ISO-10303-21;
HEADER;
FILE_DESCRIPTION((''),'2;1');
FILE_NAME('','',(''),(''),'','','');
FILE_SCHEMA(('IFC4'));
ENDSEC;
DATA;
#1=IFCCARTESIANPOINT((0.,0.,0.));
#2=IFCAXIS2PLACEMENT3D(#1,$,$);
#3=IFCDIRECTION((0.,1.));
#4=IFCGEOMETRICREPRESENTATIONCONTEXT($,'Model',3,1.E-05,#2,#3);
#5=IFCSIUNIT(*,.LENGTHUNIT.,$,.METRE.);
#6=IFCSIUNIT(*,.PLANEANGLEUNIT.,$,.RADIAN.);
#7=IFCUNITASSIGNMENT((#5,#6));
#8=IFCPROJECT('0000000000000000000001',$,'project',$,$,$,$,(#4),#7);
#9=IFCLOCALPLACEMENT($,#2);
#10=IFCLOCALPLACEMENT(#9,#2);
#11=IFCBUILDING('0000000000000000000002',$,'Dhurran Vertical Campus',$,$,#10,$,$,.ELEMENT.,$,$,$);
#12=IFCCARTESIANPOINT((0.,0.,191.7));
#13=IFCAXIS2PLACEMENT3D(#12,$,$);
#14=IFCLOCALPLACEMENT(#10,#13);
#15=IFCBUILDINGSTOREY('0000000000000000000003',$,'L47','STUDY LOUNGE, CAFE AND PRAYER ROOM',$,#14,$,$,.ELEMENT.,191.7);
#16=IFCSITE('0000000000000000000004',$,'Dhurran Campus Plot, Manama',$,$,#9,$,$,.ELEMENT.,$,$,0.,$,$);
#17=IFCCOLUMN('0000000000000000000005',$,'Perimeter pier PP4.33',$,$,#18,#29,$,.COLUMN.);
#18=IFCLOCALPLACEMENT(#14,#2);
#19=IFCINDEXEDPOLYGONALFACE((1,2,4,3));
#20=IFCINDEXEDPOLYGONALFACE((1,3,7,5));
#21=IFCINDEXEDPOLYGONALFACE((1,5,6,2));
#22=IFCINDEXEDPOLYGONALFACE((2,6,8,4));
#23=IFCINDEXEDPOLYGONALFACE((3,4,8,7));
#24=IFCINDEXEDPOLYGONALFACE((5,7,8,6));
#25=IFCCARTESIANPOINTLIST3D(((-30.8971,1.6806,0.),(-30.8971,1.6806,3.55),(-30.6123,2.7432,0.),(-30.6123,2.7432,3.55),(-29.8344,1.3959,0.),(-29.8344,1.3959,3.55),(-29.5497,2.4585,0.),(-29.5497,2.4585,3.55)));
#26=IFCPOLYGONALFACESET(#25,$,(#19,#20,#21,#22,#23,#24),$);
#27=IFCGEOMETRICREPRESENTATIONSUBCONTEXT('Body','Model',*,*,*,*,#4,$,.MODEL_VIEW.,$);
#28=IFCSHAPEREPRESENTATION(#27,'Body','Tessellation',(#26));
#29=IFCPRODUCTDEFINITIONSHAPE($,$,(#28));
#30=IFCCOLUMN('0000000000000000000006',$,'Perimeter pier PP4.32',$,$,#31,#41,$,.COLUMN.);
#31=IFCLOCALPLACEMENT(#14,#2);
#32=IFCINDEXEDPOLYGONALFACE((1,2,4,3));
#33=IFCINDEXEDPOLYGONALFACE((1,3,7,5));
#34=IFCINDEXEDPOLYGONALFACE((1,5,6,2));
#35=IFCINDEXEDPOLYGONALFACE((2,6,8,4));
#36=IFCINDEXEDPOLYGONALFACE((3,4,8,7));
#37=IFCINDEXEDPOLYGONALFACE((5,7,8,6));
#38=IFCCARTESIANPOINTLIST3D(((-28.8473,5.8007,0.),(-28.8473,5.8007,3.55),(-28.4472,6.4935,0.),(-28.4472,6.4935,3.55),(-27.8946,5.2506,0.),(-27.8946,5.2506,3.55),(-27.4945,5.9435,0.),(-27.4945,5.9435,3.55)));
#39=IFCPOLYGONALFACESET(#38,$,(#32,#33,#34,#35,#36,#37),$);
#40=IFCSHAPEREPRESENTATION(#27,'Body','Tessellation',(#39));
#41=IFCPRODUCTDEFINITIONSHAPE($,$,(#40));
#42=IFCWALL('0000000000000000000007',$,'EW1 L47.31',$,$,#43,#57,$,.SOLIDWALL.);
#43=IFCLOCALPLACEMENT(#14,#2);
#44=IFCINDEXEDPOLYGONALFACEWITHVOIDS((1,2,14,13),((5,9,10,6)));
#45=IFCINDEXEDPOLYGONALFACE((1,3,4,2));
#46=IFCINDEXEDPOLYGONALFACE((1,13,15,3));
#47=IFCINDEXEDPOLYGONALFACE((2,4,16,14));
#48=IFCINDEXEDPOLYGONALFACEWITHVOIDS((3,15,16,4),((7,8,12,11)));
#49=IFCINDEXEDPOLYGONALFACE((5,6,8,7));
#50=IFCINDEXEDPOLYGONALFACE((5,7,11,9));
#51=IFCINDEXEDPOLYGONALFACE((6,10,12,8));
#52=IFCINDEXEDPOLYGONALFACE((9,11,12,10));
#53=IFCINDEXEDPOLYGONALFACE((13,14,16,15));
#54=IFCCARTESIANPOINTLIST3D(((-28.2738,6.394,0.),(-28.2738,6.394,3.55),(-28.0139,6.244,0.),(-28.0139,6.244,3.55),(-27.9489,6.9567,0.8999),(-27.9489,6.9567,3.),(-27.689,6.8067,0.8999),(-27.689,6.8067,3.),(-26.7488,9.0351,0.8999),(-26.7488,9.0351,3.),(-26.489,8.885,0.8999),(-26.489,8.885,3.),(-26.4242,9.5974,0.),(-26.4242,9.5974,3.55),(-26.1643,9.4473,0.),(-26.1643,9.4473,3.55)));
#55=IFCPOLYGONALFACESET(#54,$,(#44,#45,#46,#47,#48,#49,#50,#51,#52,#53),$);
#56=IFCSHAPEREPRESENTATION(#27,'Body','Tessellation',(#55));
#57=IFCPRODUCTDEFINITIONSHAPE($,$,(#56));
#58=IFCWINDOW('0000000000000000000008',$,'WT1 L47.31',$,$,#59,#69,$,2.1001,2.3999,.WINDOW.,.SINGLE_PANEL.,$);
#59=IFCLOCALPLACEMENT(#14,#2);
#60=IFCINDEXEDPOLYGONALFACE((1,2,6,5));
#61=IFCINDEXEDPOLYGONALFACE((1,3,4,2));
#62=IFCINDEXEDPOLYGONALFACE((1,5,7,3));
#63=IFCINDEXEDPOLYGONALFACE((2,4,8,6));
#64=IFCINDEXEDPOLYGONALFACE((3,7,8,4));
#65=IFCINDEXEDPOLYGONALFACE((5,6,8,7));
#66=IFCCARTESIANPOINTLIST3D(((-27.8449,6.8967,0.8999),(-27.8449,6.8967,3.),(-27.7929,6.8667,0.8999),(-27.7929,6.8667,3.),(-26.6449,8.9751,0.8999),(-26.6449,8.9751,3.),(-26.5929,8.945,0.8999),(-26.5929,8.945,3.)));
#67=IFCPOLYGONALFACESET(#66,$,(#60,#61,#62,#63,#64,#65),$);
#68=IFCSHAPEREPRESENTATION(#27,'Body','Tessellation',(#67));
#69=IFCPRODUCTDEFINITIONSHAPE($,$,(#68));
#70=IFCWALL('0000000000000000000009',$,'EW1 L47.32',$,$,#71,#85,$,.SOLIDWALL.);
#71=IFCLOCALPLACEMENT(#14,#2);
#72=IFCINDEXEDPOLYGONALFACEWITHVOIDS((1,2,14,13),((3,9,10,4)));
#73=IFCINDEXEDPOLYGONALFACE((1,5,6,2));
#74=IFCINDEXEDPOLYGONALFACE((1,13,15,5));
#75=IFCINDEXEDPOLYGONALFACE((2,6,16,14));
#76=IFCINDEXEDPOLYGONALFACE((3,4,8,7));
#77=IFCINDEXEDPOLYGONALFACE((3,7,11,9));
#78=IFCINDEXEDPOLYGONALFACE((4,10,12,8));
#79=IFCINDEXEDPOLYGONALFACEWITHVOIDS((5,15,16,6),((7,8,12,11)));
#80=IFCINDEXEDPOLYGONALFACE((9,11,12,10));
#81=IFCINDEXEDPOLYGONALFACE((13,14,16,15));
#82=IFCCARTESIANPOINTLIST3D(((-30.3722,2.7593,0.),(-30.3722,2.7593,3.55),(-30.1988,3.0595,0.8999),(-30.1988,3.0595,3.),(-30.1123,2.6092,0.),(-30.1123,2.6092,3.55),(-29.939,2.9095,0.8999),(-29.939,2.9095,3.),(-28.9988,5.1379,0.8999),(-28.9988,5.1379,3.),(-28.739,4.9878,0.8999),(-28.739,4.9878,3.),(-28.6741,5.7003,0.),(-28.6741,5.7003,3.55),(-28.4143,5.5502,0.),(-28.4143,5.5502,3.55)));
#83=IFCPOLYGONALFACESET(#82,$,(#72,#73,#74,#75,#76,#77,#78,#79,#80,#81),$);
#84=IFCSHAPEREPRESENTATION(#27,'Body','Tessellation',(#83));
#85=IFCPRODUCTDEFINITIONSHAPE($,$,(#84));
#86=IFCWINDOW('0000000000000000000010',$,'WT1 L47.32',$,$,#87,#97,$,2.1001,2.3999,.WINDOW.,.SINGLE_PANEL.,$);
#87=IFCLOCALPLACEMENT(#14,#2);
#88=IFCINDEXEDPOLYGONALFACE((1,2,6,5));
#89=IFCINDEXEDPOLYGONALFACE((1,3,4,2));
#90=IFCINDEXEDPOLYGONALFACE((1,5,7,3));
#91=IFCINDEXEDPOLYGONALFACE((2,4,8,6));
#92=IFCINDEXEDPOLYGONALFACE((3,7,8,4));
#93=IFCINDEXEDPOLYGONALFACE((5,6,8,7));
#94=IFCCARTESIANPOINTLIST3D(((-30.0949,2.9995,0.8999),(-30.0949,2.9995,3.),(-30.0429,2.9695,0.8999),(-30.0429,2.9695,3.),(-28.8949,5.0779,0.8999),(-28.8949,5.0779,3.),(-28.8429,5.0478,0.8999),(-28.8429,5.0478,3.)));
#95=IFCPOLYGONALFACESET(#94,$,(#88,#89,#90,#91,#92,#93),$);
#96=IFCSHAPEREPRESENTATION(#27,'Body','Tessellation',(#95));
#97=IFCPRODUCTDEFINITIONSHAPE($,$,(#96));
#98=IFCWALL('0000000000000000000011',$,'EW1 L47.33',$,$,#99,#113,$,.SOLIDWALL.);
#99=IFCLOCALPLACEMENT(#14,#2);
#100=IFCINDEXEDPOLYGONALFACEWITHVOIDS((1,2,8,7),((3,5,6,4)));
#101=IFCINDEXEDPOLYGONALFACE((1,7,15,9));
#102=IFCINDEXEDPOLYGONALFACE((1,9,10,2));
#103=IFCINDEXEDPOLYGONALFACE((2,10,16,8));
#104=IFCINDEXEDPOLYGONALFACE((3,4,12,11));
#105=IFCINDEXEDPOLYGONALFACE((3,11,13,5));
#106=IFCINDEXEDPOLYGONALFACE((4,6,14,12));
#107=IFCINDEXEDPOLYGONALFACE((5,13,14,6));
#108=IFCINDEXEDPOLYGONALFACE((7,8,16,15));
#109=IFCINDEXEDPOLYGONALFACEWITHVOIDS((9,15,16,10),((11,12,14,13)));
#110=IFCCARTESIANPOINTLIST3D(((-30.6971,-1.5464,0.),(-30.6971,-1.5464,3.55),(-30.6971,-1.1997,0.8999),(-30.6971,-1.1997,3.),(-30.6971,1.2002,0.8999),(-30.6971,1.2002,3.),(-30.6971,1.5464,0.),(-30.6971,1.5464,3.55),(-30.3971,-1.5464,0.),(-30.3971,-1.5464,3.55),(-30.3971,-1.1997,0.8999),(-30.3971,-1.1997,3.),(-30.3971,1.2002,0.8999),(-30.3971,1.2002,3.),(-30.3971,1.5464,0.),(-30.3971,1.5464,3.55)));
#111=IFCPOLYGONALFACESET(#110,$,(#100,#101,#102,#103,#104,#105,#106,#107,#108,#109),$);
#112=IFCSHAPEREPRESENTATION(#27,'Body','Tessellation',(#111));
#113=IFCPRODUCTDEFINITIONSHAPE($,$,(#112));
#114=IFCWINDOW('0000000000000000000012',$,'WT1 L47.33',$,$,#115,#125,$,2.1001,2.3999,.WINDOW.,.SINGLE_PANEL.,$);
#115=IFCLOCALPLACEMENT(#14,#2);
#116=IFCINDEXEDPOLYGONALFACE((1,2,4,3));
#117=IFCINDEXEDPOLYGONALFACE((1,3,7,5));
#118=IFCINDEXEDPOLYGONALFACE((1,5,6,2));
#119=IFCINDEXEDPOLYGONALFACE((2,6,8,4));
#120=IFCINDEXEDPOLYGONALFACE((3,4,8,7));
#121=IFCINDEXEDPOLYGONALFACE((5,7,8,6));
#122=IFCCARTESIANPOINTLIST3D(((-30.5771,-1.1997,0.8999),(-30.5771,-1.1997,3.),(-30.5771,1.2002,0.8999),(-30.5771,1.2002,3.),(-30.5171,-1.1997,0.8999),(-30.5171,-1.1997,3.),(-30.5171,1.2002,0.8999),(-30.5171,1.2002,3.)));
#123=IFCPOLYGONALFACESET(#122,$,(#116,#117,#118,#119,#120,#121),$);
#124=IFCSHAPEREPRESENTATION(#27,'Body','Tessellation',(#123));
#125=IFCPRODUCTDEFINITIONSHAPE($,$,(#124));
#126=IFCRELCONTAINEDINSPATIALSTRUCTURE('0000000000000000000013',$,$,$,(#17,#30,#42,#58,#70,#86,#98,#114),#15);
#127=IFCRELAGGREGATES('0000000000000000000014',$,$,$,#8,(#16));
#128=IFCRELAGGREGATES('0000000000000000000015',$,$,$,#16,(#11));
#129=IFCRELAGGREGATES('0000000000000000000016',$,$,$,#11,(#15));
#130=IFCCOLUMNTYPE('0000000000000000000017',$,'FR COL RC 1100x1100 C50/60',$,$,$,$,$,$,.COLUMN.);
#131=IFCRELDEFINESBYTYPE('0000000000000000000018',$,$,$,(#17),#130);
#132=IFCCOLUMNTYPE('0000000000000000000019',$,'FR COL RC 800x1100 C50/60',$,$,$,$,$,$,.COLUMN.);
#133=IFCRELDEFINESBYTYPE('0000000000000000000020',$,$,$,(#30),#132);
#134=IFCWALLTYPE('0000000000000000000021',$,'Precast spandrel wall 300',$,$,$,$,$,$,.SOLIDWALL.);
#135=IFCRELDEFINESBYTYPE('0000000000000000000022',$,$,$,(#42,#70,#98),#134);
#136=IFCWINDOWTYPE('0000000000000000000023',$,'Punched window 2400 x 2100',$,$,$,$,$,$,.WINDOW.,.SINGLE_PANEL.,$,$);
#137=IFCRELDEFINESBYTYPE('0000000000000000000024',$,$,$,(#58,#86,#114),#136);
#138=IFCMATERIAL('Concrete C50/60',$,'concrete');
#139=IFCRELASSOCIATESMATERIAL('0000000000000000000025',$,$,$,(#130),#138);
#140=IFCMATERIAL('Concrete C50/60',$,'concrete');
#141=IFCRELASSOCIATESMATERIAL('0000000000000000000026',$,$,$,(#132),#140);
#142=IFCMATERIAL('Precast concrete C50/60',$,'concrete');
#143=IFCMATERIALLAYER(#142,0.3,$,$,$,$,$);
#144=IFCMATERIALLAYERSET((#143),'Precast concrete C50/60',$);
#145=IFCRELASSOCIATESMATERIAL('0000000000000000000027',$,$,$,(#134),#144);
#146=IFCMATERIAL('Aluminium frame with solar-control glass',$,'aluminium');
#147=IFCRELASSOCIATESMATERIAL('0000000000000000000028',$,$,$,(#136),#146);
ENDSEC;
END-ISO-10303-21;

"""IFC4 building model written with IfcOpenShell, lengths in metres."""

from ifc_helpers import new_model, si_unit, direction, frame, frame_2d, origin, origin_2d, place, context, subcontext, project, spatial, rectangle, extrude, material, layer, layer_set, material_profile, profile_set, type_object, element, fill, save


model = new_model("IFC4")

# Units and contexts
model_context = context("Model", 3, precision=1e-05, world=origin(), true_north=direction((0.0, 1.0)))
body_context = subcontext(model_context, "Body", "Model", "MODEL_VIEW")
ifc_project = project(units=[si_unit("LENGTHUNIT", "METRE"), si_unit("PLANEANGLEUNIT", "RADIAN")], contexts=[model_context])

# Site, building, storey
site_placement = place(None, origin())
site = spatial("IfcSite", under=ifc_project, at=site_placement, Name="Dhurran Campus Plot, Manama", CompositionType="ELEMENT", RefElevation=0.0)
building_placement = place(site_placement, origin())
building = spatial("IfcBuilding", under=site, at=building_placement, Name="Dhurran Vertical Campus", CompositionType="ELEMENT")
storey_placement = place(building_placement, frame((0.0, 0.0, 191.7)))
storey = spatial("IfcBuildingStorey", under=building, at=storey_placement, Name="L47", Description="STUDY LOUNGE, CAFE AND PRAYER ROOM", CompositionType="ELEMENT", Elevation=191.7)

# Columns
ifc_material_1 = material(Name="Concrete C50/60", Category="concrete")
ifc_material_profile_1 = material_profile(ifc_material_1, rectangle(XDim=1.1001, YDim=1.1001, at=origin_2d()), Name="RC 1100x1100")
ifc_profile_set_1 = profile_set([ifc_material_profile_1], Name="Concrete C50/60")
column_type_1 = type_object("IfcColumnType", Name="FR COL RC 1100x1100 C50/60", PredefinedType="COLUMN", material=ifc_profile_set_1)
column_1_placement = place(storey_placement, frame((-30.2234, 2.0696, 0.0), z_axis=(0.0, 0.0, 1.0), x_axis=(-0.258819, -0.965926, 0.0)))
element("IfcColumn", 1, at=column_1_placement, inside=storey, type_object=column_type_1, Name="Perimeter pier PP4.33", PredefinedType="COLUMN", context=body_context, shape_type="SweptSolid", body=[
    extrude(rectangle(XDim=1.1001, YDim=1.1001, at=origin_2d()), origin(), (0.0, 0.0, 1.0), 3.55),
])
ifc_material_2 = material(Name="Concrete C50/60", Category="concrete")
ifc_material_profile_2 = material_profile(ifc_material_2, rectangle(XDim=0.8, YDim=1.1001, at=origin_2d()), Name="RC 800x1100")
ifc_profile_set_2 = profile_set([ifc_material_profile_2], Name="Concrete C50/60")
column_type_2 = type_object("IfcColumnType", Name="FR COL RC 800x1100 C50/60", PredefinedType="COLUMN", material=ifc_profile_set_2)
column_2_placement = place(storey_placement, frame((-28.1709, 5.8721, 0.0), z_axis=(0.0, 0.0, 1.0), x_axis=(-0.5, -0.866025, 0.0)))
element("IfcColumn", 2, at=column_2_placement, inside=storey, type_object=column_type_2, Name="Perimeter pier PP4.32", PredefinedType="COLUMN", context=body_context, shape_type="SweptSolid", body=[
    extrude(rectangle(XDim=0.8, YDim=1.1001, at=origin_2d()), origin(), (0.0, 0.0, 1.0), 3.55),
])

# Walls, openings, windows
ifc_material_3 = material(Name="Precast concrete C50/60", Category="concrete")
ifc_layer_1 = layer(ifc_material_3, 0.3)
ifc_layer_set_1 = layer_set([ifc_layer_1], Name="Precast concrete C50/60")
wall_type_1 = type_object("IfcWallType", Name="Precast spandrel wall 300", PredefinedType="SOLIDWALL", material=ifc_layer_set_1)
wall_1_placement = place(storey_placement, frame((-26.2942, 9.5225, 0.0), z_axis=(0.0, 0.0, 1.0), x_axis=(-0.500029, -0.866009, 0.0)))
wall_1 = element("IfcWall", 3, at=wall_1_placement, inside=storey, type_object=wall_type_1, Name="EW1 L47.31", PredefinedType="SOLIDWALL", context=body_context, shape_type="SweptSolid", body=[
    extrude(rectangle(XDim=3.699, YDim=0.3, at=frame_2d((1.8496, 0.0))), origin(), (0.0, 0.0, 1.0), 3.55),
])
opening_1_placement = place(wall_1_placement, frame((0.6494, 0.0, 0.8999)))
opening_1 = element("IfcOpeningElement", 4, at=opening_1_placement, cuts=wall_1, PredefinedType="OPENING", context=body_context, shape_type="SweptSolid", body=[
    extrude(rectangle(XDim=2.3999, YDim=2.1001, at=frame_2d((1.2, 1.05))), frame((0.0, 0.1599, 0.0), z_axis=(0.0, -1.0, 0.0), x_axis=(1.0, 0.0, 0.0)), (0.0, 0.0, 1.0), 0.3201),
])
ifc_material_4 = material(Name="Aluminium frame with solar-control glass", Category="aluminium")
window_type = type_object("IfcWindowType", Name="Punched window 2400 x 2100", PartitioningType="SINGLE_PANEL", PredefinedType="WINDOW", material=ifc_material_4)
window_1_placement = place(opening_1_placement, origin())
window_1 = element("IfcWindow", 5, at=window_1_placement, inside=storey, type_object=window_type, Name="WT1 L47.31", OverallHeight=2.1001, OverallWidth=2.3999, PartitioningType="SINGLE_PANEL", PredefinedType="WINDOW", context=body_context, shape_type="SweptSolid", body=[
    extrude(rectangle(XDim=2.3999, YDim=2.1001, at=frame_2d((1.2, 1.05))), frame((0.0, 0.03, 0.0), z_axis=(0.0, -1.0, 0.0), x_axis=(1.0, 0.0, 0.0)), (0.0, 0.0, 1.0), 0.0601),
])
fill(opening_1, window_1)
wall_2_placement = place(storey_placement, frame((-28.5442, 5.6252, 0.0), z_axis=(0.0, 0.0, 1.0), x_axis=(-0.500013, -0.866018, 0.0)))
wall_2 = element("IfcWall", 6, at=wall_2_placement, inside=storey, type_object=wall_type_1, Name="EW1 L47.32", PredefinedType="SOLIDWALL", context=body_context, shape_type="SweptSolid", body=[
    extrude(rectangle(XDim=3.396, YDim=0.3, at=frame_2d((1.698, 0.0))), origin(), (0.0, 0.0, 1.0), 3.55),
])
opening_2_placement = place(wall_2_placement, frame((0.6494, 0.0, 0.8999)))
opening_2 = element("IfcOpeningElement", 7, at=opening_2_placement, cuts=wall_2, PredefinedType="OPENING", context=body_context, shape_type="SweptSolid", body=[
    extrude(rectangle(XDim=2.3999, YDim=2.1001, at=frame_2d((1.2, 1.05))), frame((0.0, 0.1599, 0.0), z_axis=(0.0, -1.0, 0.0), x_axis=(1.0, 0.0, 0.0)), (0.0, 0.0, 1.0), 0.3201),
])
window_2_placement = place(opening_2_placement, origin())
window_2 = element("IfcWindow", 8, at=window_2_placement, inside=storey, type_object=window_type, Name="WT1 L47.32", OverallHeight=2.1001, OverallWidth=2.3999, PartitioningType="SINGLE_PANEL", PredefinedType="WINDOW", context=body_context, shape_type="SweptSolid", body=[
    extrude(rectangle(XDim=2.3999, YDim=2.1001, at=frame_2d((1.2, 1.05))), frame((0.0, 0.03, 0.0), z_axis=(0.0, -1.0, 0.0), x_axis=(1.0, 0.0, 0.0)), (0.0, 0.0, 1.0), 0.0601),
])
fill(opening_2, window_2)
wall_3_placement = place(storey_placement, frame((-30.5471, 1.5464, 0.0), z_axis=(0.0, 0.0, 1.0), x_axis=(0.0, -1.0, 0.0)))
wall_3 = element("IfcWall", 9, at=wall_3_placement, inside=storey, type_object=wall_type_1, Name="EW1 L47.33", PredefinedType="SOLIDWALL", context=body_context, shape_type="SweptSolid", body=[
    extrude(rectangle(XDim=3.0928, YDim=0.3, at=frame_2d((1.5464, 0.0))), origin(), (0.0, 0.0, 1.0), 3.55),
])
opening_3_placement = place(wall_3_placement, frame((0.3462, 0.0, 0.8999)))
opening_3 = element("IfcOpeningElement", 10, at=opening_3_placement, cuts=wall_3, PredefinedType="OPENING", context=body_context, shape_type="SweptSolid", body=[
    extrude(rectangle(XDim=2.3999, YDim=2.1001, at=frame_2d((1.2, 1.05))), frame((0.0, 0.1599, 0.0), z_axis=(0.0, -1.0, 0.0), x_axis=(1.0, 0.0, 0.0)), (0.0, 0.0, 1.0), 0.3201),
])
window_3_placement = place(opening_3_placement, origin())
window_3 = element("IfcWindow", 11, at=window_3_placement, inside=storey, type_object=window_type, Name="WT1 L47.33", OverallHeight=2.1001, OverallWidth=2.3999, PartitioningType="SINGLE_PANEL", PredefinedType="WINDOW", context=body_context, shape_type="SweptSolid", body=[
    extrude(rectangle(XDim=2.3999, YDim=2.1001, at=frame_2d((1.2, 1.05))), frame((0.0, 0.03, 0.0), z_axis=(0.0, -1.0, 0.0), x_axis=(1.0, 0.0, 0.0)), (0.0, 0.0, 1.0), 0.0601),
])
fill(opening_3, window_3)

save(model, "model.ifc")
